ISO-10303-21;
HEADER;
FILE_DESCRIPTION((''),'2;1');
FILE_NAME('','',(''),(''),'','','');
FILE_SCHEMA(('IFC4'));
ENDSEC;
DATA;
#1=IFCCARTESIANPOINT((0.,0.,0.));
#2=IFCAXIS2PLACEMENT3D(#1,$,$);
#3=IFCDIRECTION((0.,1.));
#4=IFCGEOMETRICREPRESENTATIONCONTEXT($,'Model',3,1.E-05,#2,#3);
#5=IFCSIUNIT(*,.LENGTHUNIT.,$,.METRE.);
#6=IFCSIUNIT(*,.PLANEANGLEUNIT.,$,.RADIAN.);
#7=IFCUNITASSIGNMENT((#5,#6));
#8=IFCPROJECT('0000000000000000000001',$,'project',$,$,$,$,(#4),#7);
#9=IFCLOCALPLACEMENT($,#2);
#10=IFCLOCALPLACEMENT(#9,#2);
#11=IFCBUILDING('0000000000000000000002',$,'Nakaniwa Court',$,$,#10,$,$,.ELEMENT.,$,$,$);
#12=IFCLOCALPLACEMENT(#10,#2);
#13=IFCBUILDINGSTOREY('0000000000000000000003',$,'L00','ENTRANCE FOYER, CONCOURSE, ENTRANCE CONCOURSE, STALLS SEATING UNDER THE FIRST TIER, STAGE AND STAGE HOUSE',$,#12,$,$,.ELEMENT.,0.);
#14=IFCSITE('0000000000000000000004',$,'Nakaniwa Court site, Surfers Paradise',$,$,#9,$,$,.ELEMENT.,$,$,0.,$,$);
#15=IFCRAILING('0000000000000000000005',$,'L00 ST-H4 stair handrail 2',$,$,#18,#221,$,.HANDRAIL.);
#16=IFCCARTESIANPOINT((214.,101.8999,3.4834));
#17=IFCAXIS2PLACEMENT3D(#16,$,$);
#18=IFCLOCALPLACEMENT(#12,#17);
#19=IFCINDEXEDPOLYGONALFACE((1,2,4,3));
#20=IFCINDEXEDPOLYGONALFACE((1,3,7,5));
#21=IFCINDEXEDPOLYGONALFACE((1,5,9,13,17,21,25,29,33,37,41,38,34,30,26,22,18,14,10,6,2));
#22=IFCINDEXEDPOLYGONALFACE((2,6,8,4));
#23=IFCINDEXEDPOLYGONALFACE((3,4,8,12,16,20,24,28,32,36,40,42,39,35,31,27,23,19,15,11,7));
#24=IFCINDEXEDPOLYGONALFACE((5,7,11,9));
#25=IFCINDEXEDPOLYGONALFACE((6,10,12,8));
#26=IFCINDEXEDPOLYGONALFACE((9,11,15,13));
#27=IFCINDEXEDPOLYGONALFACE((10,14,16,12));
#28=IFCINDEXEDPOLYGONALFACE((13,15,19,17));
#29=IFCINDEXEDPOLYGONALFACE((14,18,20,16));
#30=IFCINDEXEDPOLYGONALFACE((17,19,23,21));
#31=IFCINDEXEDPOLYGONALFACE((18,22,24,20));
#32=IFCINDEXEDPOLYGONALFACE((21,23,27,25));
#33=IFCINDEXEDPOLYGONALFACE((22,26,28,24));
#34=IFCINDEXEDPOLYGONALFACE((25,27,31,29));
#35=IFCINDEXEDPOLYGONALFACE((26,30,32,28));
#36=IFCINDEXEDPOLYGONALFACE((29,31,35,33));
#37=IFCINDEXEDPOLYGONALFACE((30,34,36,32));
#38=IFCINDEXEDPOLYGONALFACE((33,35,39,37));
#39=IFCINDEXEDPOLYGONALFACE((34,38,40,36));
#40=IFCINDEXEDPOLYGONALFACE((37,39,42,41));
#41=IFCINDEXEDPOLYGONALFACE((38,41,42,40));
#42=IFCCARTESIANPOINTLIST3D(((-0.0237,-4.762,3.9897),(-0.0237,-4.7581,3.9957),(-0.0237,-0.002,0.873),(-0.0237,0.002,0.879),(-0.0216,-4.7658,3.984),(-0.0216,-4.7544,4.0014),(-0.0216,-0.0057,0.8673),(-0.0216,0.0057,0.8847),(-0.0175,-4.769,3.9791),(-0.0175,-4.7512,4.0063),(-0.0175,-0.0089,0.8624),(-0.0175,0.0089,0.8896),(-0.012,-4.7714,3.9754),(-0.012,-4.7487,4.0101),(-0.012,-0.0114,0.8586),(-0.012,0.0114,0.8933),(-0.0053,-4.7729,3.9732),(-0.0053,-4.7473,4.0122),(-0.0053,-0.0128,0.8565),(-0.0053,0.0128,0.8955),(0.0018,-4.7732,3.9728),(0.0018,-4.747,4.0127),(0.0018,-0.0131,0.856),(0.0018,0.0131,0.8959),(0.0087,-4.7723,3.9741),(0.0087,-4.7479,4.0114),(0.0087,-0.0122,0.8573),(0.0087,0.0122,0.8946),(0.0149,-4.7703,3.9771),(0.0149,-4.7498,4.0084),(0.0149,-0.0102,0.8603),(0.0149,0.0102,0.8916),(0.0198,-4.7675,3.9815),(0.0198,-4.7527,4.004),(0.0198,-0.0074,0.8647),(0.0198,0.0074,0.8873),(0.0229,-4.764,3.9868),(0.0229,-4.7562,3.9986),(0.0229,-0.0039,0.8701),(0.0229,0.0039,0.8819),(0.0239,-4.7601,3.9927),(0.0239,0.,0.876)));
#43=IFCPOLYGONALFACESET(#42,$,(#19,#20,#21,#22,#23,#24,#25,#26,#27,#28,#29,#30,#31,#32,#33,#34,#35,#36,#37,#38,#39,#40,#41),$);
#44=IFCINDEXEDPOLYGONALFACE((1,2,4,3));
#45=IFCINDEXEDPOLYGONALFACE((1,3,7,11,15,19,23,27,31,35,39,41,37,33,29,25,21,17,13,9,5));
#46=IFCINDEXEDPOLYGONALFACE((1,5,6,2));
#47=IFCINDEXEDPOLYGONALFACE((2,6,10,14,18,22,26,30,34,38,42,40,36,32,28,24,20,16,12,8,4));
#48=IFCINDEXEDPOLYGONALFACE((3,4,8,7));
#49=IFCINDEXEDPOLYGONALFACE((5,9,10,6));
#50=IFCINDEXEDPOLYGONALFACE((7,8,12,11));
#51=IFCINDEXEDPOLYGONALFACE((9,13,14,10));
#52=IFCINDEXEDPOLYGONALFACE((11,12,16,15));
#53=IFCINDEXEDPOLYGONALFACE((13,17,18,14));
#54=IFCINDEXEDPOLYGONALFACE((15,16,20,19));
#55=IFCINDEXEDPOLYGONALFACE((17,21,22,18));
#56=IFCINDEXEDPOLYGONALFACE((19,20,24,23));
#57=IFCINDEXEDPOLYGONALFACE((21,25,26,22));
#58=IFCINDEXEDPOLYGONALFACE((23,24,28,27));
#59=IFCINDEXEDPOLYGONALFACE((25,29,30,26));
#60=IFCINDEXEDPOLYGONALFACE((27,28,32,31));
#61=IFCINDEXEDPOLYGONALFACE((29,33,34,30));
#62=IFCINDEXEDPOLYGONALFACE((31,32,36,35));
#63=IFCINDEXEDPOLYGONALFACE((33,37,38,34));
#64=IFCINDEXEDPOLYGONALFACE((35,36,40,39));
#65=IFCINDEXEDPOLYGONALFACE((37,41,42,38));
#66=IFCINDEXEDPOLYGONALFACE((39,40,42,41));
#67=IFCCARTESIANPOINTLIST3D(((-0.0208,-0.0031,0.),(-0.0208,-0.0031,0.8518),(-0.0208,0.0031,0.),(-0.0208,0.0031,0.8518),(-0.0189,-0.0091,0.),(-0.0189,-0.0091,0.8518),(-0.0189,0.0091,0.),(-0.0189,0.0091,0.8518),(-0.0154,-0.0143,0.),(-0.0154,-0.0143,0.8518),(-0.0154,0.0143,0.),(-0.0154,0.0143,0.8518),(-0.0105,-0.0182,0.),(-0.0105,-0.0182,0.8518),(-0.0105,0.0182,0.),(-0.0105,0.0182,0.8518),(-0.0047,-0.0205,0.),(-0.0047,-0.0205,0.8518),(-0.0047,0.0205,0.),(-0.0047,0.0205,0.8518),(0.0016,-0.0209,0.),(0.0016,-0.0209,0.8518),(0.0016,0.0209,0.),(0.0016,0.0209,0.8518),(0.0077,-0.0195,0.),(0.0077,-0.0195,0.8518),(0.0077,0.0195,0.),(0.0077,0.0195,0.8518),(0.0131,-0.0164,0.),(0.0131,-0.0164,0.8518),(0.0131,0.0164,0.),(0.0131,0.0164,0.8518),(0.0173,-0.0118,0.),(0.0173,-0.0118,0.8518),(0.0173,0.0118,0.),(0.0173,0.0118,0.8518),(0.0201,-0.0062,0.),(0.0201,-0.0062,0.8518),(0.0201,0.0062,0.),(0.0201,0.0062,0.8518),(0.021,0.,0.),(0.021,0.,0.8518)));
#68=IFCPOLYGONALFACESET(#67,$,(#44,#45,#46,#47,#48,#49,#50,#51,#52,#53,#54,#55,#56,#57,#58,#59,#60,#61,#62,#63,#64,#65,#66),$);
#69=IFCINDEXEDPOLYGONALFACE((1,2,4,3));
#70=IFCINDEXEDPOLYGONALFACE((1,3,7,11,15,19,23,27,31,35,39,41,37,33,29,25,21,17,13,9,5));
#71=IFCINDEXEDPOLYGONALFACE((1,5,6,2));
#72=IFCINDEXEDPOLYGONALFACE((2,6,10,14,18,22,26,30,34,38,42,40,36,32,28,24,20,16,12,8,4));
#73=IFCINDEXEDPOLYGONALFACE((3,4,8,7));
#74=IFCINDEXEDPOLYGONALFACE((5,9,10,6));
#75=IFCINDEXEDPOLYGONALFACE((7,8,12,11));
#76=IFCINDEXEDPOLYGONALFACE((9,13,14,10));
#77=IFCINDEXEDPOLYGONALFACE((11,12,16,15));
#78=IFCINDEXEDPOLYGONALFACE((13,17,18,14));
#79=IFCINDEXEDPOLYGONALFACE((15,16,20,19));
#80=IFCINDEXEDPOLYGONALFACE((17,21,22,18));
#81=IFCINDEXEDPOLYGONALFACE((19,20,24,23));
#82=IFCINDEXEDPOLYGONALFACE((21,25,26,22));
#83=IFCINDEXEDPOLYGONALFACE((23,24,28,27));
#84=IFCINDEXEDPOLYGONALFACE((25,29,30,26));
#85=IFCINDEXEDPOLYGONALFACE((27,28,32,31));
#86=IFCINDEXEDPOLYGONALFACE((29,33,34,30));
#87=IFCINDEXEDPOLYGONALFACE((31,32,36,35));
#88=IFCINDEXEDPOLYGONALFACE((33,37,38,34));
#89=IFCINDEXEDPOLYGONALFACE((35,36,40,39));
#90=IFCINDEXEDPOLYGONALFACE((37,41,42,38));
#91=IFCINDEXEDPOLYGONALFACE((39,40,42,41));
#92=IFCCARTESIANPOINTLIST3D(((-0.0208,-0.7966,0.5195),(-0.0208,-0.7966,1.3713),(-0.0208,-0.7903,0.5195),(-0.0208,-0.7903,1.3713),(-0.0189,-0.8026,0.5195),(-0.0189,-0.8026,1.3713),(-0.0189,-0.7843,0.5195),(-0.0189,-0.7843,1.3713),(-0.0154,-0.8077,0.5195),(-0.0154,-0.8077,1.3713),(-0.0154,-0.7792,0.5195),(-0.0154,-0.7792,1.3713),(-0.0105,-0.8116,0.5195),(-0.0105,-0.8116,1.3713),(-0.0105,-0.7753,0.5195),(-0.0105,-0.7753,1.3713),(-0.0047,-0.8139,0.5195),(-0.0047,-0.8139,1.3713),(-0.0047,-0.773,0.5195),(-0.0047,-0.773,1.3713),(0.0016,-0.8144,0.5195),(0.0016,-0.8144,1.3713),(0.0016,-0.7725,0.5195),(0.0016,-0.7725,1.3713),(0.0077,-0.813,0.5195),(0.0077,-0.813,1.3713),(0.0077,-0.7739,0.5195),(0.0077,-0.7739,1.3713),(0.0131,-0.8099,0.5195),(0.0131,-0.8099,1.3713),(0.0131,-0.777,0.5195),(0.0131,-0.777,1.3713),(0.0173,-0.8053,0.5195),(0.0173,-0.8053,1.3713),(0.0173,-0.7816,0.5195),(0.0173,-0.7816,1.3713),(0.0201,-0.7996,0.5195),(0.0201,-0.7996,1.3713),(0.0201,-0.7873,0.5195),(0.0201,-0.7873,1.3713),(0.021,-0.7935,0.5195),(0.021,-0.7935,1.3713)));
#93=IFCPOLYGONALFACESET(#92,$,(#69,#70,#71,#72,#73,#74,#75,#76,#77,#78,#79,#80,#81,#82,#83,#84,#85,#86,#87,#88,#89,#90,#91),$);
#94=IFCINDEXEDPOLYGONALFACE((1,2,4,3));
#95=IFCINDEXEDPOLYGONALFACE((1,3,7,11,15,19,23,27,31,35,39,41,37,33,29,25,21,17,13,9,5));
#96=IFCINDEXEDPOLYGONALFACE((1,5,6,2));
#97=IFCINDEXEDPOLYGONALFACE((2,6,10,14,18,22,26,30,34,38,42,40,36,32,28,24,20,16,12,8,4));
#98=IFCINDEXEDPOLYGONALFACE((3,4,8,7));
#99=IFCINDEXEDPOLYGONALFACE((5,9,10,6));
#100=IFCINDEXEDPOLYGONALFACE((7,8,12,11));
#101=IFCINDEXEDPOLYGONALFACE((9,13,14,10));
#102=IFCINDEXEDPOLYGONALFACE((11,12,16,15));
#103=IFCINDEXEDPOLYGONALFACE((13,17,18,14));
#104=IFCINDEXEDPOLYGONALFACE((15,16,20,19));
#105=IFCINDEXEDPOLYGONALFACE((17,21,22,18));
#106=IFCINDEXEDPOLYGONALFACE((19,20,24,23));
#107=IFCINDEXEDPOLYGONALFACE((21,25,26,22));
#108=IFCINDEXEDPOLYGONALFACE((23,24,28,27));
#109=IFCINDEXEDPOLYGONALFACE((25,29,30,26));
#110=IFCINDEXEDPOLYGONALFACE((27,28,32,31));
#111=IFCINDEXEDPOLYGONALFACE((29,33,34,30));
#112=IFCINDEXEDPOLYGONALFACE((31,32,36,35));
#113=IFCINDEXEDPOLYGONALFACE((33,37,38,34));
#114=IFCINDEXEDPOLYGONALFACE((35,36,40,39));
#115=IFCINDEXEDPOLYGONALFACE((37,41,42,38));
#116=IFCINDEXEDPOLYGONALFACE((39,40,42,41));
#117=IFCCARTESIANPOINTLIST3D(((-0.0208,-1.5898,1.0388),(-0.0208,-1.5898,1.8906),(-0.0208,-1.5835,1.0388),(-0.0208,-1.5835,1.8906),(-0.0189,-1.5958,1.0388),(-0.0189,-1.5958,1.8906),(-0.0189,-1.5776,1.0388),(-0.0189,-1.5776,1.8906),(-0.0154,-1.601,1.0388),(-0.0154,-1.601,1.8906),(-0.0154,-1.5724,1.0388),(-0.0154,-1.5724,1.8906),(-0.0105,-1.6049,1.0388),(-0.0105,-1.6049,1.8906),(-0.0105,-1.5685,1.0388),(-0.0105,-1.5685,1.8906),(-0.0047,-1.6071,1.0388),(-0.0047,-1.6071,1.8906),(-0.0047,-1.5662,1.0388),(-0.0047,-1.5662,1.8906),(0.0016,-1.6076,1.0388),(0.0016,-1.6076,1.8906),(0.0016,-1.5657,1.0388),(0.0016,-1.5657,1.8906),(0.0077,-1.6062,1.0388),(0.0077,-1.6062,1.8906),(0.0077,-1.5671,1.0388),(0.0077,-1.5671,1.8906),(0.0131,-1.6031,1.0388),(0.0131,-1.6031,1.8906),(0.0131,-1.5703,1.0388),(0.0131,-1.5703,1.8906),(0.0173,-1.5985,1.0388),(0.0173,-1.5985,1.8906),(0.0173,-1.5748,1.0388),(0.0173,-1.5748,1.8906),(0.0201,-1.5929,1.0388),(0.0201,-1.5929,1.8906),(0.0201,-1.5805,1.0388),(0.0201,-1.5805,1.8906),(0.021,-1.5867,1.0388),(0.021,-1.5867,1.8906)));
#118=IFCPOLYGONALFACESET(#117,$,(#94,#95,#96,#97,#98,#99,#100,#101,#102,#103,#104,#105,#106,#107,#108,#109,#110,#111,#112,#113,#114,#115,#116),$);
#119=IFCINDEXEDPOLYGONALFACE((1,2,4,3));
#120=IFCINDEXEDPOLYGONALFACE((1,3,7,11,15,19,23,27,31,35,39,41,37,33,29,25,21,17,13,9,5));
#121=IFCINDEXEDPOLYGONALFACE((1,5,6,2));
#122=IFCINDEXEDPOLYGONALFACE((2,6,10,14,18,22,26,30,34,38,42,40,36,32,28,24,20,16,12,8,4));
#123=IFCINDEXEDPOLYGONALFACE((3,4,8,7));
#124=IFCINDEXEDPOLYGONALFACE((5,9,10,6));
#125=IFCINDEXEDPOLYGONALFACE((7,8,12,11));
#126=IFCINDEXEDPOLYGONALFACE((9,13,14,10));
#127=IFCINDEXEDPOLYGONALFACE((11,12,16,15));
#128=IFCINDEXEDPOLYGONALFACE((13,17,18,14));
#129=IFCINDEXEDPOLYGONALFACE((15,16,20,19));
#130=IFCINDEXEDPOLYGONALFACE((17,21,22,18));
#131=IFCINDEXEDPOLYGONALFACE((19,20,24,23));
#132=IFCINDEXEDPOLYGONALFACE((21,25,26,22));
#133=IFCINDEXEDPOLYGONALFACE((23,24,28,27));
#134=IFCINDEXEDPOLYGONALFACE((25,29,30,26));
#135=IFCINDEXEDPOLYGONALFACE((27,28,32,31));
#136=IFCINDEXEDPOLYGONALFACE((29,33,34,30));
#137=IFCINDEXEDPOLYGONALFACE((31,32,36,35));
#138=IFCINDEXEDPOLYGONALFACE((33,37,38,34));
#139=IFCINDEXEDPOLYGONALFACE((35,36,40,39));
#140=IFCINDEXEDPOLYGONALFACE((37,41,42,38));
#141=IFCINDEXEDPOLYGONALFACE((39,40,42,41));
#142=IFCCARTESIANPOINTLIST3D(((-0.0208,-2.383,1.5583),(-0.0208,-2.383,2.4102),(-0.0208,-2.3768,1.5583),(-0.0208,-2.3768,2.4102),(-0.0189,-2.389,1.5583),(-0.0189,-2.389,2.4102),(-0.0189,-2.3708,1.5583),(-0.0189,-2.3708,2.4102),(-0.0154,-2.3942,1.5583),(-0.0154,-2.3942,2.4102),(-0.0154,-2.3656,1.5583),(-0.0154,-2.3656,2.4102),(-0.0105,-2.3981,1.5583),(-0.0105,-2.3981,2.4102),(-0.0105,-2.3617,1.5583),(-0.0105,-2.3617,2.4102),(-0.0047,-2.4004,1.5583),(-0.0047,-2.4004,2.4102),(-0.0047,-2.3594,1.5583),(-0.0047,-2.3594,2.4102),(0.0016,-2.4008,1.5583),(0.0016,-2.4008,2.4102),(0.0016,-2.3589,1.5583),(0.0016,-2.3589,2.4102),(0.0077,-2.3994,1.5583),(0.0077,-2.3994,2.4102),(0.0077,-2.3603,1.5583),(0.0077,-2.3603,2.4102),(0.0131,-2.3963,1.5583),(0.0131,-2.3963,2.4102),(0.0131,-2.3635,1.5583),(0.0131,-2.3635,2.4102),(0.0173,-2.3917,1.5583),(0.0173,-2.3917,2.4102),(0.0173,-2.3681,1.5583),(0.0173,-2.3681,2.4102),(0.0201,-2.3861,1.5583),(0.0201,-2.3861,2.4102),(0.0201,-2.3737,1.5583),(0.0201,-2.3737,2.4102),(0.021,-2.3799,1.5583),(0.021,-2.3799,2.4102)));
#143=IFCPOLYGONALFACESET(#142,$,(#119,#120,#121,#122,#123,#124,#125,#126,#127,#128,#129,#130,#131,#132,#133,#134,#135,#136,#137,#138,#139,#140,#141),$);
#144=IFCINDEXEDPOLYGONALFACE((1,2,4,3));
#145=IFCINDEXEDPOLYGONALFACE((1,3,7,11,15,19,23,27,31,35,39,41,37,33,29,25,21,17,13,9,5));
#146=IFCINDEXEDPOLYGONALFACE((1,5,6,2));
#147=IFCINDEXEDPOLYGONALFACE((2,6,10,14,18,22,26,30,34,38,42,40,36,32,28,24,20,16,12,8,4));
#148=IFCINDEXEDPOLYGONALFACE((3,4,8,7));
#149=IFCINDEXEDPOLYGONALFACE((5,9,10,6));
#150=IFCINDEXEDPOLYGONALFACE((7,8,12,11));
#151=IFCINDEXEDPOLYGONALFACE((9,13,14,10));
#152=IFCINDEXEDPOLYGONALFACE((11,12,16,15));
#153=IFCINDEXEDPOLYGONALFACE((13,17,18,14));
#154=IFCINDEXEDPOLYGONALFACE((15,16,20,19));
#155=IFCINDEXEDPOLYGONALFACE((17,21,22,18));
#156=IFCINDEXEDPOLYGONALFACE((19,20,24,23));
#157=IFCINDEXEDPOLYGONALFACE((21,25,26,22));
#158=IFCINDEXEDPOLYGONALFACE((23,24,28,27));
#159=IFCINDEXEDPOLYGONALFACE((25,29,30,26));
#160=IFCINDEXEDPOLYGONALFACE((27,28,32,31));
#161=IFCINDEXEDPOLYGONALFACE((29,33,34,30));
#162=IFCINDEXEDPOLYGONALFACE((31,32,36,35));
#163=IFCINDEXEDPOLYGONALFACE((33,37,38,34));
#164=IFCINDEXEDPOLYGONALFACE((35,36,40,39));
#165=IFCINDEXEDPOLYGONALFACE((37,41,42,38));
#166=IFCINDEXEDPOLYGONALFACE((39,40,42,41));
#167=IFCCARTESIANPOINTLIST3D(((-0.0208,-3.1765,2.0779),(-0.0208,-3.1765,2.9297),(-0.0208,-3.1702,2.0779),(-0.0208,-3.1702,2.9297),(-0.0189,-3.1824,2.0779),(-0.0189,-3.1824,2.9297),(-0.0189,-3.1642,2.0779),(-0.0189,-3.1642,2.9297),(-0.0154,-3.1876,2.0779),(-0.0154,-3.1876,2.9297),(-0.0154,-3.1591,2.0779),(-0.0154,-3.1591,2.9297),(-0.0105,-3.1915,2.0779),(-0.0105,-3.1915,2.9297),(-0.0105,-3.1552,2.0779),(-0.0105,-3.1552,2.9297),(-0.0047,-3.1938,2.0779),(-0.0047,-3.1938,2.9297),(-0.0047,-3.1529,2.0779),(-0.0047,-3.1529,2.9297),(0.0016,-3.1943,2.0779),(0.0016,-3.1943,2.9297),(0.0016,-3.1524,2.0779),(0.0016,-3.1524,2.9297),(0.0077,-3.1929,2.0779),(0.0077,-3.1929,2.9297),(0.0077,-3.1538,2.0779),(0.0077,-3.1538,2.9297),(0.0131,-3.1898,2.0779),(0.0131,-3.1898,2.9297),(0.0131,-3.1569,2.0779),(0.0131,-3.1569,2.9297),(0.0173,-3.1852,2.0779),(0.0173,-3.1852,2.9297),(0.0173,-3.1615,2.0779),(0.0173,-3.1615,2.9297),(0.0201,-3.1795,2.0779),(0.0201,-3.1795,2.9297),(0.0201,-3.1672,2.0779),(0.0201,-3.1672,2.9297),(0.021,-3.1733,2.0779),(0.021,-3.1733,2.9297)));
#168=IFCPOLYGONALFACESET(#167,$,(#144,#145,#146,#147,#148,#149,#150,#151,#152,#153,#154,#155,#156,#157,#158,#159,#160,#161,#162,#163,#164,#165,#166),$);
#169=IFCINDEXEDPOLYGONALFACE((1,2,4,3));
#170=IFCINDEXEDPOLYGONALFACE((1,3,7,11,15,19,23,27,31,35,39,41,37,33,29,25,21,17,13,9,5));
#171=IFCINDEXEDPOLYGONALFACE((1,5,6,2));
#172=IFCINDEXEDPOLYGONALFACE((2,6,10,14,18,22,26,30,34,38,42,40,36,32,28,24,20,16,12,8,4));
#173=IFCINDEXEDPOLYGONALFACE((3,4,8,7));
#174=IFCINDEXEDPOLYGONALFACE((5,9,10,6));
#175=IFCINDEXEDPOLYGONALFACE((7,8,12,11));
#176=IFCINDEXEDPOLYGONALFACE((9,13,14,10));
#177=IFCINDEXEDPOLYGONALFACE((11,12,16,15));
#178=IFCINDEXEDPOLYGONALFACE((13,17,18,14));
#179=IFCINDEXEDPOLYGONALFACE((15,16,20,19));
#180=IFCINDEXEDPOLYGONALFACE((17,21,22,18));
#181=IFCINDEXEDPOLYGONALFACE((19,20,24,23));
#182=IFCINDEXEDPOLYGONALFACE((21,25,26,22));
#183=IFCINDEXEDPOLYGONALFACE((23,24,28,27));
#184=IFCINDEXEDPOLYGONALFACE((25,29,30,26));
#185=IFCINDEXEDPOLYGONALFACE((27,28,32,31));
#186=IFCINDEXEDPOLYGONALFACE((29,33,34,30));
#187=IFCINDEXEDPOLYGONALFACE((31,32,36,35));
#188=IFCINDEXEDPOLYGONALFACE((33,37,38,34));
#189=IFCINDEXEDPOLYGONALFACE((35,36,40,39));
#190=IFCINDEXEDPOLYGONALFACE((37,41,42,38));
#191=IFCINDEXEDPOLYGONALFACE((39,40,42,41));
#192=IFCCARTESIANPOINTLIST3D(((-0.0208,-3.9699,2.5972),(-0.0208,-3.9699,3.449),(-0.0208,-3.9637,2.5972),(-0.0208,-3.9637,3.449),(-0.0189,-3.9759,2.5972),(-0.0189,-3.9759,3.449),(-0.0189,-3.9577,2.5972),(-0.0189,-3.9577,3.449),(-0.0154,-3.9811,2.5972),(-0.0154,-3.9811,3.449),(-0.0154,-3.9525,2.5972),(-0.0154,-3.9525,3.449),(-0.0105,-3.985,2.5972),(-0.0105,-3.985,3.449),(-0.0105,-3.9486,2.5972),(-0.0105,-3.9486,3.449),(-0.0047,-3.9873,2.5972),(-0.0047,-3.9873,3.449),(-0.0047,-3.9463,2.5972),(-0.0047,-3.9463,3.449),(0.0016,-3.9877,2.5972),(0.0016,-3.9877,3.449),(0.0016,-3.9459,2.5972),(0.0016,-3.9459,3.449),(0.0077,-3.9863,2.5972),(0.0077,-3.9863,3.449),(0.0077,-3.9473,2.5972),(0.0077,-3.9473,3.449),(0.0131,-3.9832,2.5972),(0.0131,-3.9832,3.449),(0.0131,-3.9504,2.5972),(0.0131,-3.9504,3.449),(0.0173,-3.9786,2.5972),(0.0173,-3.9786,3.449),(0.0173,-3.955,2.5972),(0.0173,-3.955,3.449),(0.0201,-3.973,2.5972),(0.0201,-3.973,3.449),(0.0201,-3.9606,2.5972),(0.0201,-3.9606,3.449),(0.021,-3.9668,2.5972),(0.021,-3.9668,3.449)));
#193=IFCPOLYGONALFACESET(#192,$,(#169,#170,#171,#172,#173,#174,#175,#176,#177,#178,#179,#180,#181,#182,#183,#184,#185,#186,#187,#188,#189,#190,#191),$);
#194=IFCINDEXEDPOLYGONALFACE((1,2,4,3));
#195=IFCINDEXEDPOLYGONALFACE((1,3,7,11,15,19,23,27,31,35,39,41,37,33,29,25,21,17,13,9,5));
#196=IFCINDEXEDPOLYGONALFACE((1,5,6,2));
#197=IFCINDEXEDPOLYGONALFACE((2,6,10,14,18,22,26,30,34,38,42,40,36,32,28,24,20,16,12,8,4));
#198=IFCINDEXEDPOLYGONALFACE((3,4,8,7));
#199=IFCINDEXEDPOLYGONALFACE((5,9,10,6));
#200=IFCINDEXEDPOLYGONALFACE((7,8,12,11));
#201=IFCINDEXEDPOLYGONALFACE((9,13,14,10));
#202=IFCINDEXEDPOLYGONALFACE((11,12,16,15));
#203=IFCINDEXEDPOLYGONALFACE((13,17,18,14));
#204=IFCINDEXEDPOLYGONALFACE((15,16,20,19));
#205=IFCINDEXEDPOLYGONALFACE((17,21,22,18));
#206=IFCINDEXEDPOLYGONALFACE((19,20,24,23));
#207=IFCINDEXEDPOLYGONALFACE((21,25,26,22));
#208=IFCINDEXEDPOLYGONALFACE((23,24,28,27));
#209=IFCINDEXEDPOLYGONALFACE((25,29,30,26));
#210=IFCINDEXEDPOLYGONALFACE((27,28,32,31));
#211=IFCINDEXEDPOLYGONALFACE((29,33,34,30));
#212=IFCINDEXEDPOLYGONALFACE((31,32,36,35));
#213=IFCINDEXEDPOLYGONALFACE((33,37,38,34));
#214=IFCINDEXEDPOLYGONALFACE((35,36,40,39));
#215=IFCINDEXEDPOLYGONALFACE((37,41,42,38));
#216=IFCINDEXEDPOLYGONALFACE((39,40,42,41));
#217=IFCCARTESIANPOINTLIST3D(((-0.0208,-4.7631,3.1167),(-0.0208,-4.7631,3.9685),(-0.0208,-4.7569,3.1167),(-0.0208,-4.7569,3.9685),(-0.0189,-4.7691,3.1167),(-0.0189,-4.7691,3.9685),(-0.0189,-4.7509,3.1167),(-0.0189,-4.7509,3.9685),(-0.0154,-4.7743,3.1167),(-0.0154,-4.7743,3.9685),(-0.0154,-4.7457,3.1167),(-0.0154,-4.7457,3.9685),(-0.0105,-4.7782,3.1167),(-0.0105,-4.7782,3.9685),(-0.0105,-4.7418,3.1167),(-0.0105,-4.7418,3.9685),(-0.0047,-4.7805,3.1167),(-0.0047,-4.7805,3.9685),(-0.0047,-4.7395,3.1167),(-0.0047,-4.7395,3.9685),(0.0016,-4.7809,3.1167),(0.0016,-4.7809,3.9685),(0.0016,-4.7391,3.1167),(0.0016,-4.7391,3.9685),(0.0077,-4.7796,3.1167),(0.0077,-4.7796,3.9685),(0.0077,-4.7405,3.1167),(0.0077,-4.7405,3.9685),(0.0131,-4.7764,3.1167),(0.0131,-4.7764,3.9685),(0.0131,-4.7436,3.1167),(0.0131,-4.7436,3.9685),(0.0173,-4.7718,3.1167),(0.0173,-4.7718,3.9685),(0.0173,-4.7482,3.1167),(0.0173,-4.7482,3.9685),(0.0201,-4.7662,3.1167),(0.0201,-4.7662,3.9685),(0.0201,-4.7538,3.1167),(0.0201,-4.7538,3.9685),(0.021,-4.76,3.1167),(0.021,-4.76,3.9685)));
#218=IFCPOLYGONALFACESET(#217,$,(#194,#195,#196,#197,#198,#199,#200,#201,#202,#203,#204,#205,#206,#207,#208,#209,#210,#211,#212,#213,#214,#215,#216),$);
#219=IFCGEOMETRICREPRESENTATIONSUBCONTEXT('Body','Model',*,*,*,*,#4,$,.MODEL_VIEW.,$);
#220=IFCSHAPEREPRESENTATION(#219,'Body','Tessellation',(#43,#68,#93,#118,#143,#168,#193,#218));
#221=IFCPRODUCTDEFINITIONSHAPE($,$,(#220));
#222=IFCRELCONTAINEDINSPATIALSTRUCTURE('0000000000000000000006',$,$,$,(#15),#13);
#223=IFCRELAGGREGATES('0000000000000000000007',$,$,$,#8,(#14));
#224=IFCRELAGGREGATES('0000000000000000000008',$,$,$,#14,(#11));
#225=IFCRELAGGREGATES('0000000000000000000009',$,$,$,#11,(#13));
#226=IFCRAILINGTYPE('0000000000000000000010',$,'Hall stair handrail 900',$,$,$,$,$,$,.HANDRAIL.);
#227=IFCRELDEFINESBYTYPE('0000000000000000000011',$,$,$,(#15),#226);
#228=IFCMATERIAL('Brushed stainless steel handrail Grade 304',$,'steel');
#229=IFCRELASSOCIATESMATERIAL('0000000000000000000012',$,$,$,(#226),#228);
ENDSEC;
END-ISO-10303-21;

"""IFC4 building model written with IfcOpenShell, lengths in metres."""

from ifc_helpers import new_model, si_unit, direction, frame, origin, origin_2d, place, context, subcontext, project, spatial, circle, extrude, material, type_object, element, save


model = new_model("IFC4")

# Units and contexts
model_context = context("Model", 3, precision=1e-05, world=origin(), true_north=direction((0.0, 1.0)))
body_context = subcontext(model_context, "Body", "Model", "MODEL_VIEW")
ifc_project = project(units=[si_unit("LENGTHUNIT", "METRE"), si_unit("PLANEANGLEUNIT", "RADIAN")], contexts=[model_context])

# Site, building, storey
site_placement = place(None, origin())
site = spatial("IfcSite", under=ifc_project, at=site_placement, Name="Nakaniwa Court site, Surfers Paradise", CompositionType="ELEMENT", RefElevation=0.0)
building_placement = place(site_placement, origin())
building = spatial("IfcBuilding", under=site, at=building_placement, Name="Nakaniwa Court", CompositionType="ELEMENT")
storey_placement = place(building_placement, origin())
storey = spatial("IfcBuildingStorey", under=building, at=storey_placement, Name="L00", Description="ENTRANCE FOYER, CONCOURSE, ENTRANCE CONCOURSE, STALLS SEATING UNDER THE FIRST TIER, STAGE AND STAGE HOUSE", CompositionType="ELEMENT", Elevation=0.0)

# Railing
ifc_material_1 = material(Name="Brushed stainless steel handrail Grade 304", Category="steel")
railing_type_1 = type_object("IfcRailingType", Name="Hall stair handrail 900", PredefinedType="HANDRAIL", material=ifc_material_1)
railing_1_placement = place(storey_placement, frame((214.0, 101.8999, 3.4834)))
element("IfcRailing", 1, at=railing_1_placement, inside=storey, type_object=railing_type_1, Name="L00 ST-H4 stair handrail 2", PredefinedType="HANDRAIL", context=body_context, shape_type="SweptSolid", body=[
    extrude(circle(Radius=0.0239, at=origin_2d()), frame((0.0, 0.0, 0.876), z_axis=(0.0, -0.836616, 0.547789), x_axis=(1.0, 0.0, 0.0)), (0.0, 0.0, 1.0), 5.6897),
    extrude(circle(Radius=0.021, at=origin_2d()), origin(), (0.0, 0.0, 1.0), 0.8518),
    extrude(circle(Radius=0.021, at=origin_2d()), frame((0.0, -0.7935, 0.5195)), (0.0, 0.0, 1.0), 0.8518),
    extrude(circle(Radius=0.021, at=origin_2d()), frame((0.0, -1.5867, 1.0388)), (0.0, 0.0, 1.0), 0.8518),
    extrude(circle(Radius=0.021, at=origin_2d()), frame((0.0, -2.3799, 1.5583)), (0.0, 0.0, 1.0), 0.8518),
    extrude(circle(Radius=0.021, at=origin_2d()), frame((0.0, -3.1733, 2.0779)), (0.0, 0.0, 1.0), 0.8518),
    extrude(circle(Radius=0.021, at=origin_2d()), frame((0.0, -3.9668, 2.5972)), (0.0, 0.0, 1.0), 0.8518),
    extrude(circle(Radius=0.021, at=origin_2d()), frame((0.0, -4.76, 3.1167)), (0.0, 0.0, 1.0), 0.8518),
])

save(model, "model.ifc")
